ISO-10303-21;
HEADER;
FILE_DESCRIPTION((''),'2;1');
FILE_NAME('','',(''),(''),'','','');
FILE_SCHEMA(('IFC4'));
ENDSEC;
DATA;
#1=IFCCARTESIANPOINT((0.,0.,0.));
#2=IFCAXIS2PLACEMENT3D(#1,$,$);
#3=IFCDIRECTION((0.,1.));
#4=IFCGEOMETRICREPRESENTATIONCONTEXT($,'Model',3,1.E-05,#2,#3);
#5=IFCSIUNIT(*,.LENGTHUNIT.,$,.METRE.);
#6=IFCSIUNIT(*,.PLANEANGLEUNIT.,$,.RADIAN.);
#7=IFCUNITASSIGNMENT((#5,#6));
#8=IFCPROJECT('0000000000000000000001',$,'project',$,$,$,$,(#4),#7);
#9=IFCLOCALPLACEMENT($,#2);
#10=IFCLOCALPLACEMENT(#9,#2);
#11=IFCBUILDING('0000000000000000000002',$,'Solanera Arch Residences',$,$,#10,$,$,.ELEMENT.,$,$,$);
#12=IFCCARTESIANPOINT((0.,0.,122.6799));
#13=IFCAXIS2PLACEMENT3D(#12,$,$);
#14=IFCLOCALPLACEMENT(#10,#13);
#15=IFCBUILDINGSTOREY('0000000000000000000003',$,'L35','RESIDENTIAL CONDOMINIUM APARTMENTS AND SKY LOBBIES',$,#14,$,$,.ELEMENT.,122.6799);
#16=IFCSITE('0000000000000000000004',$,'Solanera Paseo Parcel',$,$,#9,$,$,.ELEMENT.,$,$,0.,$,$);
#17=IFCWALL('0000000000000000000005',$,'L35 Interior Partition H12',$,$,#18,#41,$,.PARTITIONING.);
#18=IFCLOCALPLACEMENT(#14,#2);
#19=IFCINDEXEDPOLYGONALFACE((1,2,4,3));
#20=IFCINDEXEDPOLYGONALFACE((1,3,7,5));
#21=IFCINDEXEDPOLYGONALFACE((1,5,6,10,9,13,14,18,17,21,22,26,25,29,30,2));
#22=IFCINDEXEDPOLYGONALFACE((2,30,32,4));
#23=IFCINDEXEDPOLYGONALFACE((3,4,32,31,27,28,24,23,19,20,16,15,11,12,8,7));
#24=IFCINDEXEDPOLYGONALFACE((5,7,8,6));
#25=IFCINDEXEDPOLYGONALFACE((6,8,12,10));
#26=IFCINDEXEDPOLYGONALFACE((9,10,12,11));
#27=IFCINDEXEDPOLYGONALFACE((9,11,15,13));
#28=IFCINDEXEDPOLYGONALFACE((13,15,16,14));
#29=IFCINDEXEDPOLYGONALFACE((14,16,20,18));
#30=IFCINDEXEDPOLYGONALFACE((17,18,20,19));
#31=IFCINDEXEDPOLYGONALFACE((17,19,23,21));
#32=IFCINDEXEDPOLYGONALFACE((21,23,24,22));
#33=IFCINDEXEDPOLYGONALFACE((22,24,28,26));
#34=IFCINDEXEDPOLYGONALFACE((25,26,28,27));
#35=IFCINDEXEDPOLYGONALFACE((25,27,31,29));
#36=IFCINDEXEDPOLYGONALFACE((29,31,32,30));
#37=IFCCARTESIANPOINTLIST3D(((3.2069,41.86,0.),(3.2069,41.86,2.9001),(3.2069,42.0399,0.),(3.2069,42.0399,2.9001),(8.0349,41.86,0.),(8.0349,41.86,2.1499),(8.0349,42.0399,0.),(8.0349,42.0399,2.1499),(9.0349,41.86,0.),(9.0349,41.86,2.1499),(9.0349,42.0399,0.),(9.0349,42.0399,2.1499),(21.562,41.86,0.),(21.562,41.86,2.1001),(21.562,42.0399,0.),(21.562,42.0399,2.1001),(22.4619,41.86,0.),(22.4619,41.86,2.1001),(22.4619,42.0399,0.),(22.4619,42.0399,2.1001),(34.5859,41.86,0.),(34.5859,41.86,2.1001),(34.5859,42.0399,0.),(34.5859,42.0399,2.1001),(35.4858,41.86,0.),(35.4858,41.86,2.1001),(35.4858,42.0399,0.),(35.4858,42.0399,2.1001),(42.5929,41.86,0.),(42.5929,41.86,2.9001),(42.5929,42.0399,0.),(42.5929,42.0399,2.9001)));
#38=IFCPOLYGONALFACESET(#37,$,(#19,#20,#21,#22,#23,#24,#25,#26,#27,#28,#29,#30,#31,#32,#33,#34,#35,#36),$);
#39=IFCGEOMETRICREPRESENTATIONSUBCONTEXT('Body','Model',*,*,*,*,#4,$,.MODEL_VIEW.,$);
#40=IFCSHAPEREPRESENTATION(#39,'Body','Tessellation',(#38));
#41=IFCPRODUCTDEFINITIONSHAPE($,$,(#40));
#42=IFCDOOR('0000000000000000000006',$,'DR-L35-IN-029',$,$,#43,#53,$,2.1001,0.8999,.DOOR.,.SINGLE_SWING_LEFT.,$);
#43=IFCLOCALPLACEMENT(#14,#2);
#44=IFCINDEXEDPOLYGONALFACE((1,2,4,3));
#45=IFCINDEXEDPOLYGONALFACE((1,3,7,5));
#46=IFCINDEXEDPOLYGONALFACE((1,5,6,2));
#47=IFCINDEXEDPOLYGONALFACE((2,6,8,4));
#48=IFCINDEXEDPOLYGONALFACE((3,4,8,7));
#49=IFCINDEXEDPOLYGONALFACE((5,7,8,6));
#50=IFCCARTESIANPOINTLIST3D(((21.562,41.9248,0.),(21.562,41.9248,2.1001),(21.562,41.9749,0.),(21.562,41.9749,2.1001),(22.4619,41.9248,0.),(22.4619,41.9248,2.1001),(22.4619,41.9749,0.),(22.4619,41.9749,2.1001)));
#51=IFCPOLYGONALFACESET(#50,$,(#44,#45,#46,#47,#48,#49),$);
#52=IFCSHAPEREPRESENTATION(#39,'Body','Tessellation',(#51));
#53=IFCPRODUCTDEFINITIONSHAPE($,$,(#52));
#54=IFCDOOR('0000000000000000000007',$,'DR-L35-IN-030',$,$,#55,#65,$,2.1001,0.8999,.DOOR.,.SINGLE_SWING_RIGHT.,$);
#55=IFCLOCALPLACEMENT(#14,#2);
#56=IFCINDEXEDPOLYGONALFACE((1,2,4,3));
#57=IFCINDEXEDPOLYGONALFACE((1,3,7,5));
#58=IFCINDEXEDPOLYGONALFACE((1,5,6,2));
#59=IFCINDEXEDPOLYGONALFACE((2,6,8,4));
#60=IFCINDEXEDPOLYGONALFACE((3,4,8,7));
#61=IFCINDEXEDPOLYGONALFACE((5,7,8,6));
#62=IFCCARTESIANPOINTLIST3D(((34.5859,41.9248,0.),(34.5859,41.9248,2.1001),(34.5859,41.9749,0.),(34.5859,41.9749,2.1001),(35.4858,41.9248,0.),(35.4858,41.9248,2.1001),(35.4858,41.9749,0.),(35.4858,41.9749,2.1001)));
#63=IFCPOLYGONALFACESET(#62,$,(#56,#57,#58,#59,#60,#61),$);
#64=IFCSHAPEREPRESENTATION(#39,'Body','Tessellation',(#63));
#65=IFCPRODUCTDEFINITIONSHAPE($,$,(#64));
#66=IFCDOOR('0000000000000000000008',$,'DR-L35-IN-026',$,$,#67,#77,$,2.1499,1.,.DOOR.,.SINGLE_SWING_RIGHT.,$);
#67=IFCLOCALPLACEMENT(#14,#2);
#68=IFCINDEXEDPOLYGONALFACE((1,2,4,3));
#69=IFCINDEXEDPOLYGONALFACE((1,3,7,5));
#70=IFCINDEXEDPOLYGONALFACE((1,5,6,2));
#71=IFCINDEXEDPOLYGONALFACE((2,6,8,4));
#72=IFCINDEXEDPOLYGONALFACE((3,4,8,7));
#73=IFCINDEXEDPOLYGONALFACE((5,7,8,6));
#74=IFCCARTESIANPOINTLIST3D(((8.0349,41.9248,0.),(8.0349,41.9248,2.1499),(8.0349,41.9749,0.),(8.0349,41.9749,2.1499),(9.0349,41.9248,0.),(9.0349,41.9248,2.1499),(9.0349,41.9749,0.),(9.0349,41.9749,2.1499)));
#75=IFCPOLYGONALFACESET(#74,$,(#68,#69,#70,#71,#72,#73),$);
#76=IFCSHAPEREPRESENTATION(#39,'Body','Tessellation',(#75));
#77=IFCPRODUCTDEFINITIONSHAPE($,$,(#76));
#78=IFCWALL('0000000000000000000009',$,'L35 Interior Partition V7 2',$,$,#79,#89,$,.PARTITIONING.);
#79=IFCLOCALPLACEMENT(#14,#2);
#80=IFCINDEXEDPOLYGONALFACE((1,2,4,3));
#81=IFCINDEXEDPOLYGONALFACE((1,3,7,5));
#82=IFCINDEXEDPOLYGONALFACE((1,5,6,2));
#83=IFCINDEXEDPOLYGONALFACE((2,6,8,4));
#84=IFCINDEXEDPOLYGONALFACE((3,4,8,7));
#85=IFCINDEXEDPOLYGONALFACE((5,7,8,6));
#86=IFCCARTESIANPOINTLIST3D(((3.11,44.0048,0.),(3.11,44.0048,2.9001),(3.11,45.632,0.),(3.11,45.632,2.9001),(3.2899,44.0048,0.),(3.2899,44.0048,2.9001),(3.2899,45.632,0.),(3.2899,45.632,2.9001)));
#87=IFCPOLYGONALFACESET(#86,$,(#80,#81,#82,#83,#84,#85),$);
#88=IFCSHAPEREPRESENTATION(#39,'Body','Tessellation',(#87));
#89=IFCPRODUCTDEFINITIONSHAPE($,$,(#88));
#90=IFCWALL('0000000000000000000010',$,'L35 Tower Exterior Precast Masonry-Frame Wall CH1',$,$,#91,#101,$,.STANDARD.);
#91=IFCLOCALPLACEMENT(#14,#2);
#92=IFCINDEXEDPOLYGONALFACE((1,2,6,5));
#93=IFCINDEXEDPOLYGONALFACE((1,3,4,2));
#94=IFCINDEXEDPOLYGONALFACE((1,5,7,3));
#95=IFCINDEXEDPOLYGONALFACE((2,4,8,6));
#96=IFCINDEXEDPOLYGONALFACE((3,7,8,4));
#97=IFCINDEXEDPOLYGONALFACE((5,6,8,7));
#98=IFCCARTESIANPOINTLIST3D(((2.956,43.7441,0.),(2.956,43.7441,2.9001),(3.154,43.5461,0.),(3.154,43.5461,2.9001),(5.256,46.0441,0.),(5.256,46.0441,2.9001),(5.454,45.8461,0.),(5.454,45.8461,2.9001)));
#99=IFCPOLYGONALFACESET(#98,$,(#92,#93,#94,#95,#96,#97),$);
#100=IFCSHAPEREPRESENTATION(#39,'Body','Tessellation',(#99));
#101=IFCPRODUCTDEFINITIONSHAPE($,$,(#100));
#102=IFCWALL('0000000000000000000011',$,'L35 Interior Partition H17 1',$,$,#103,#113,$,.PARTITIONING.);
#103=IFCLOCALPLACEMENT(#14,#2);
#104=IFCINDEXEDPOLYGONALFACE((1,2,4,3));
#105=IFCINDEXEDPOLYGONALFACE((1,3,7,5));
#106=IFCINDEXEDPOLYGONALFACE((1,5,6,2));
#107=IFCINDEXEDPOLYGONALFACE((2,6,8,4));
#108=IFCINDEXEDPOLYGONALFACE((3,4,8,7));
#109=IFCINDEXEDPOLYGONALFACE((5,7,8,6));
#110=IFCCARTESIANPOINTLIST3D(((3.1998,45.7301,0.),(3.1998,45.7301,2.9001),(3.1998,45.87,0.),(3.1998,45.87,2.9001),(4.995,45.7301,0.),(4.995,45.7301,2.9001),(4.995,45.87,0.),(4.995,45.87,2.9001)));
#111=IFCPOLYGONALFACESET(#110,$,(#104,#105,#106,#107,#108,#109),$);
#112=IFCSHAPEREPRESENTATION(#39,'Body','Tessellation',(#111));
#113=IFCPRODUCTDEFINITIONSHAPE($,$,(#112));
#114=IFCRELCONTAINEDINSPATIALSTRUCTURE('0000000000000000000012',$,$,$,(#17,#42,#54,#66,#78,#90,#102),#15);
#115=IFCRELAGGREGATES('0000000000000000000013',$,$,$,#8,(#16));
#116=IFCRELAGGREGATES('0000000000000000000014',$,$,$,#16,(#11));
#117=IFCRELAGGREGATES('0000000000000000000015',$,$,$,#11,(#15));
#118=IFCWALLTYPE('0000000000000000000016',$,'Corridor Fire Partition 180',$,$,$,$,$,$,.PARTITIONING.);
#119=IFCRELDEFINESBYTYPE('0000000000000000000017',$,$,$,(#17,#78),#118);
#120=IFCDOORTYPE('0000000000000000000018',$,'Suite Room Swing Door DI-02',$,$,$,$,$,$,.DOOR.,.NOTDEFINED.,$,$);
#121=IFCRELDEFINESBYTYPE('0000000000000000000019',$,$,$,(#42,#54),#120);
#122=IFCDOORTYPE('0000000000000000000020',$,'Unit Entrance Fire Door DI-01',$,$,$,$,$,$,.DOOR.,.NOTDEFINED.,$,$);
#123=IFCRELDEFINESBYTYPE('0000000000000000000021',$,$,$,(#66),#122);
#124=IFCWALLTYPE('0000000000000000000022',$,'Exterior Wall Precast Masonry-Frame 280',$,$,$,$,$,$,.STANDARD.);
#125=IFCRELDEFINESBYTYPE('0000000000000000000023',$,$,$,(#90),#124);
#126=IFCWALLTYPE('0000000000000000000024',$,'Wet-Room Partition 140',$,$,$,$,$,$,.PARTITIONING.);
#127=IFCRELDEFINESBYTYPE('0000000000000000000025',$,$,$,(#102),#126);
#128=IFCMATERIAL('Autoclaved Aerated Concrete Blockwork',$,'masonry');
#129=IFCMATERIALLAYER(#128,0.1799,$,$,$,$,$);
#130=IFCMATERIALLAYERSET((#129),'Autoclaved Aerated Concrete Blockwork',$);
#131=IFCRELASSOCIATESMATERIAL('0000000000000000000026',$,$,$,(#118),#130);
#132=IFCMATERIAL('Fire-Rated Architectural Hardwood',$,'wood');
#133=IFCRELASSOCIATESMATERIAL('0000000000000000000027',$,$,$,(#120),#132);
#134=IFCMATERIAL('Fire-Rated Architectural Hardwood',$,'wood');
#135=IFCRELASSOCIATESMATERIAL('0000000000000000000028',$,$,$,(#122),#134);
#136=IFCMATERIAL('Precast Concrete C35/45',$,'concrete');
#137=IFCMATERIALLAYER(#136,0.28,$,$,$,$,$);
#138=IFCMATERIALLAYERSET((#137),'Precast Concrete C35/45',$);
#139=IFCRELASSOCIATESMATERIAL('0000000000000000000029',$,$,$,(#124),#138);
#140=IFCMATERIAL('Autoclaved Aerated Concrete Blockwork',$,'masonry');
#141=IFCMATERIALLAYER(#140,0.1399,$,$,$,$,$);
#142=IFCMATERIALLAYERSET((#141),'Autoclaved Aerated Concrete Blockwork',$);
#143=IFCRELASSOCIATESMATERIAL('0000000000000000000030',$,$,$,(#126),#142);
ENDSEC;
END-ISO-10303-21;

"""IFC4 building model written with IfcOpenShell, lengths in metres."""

from ifc_helpers import new_model, si_unit, direction, frame, frame_2d, origin, place, context, subcontext, project, spatial, rectangle, extrude, material, layer, layer_set, type_object, element, fill, save


model = new_model("IFC4")

# Units and contexts
model_context = context("Model", 3, precision=1e-05, world=origin(), true_north=direction((0.0, 1.0)))
body_context = subcontext(model_context, "Body", "Model", "MODEL_VIEW")
ifc_project = project(units=[si_unit("LENGTHUNIT", "METRE"), si_unit("PLANEANGLEUNIT", "RADIAN")], contexts=[model_context])

# Site, building, storey
site_placement = place(None, origin())
site = spatial("IfcSite", under=ifc_project, at=site_placement, Name="Solanera Paseo Parcel", CompositionType="ELEMENT", RefElevation=0.0)
building_placement = place(site_placement, origin())
building = spatial("IfcBuilding", under=site, at=building_placement, Name="Solanera Arch Residences", CompositionType="ELEMENT")
storey_placement = place(building_placement, frame((0.0, 0.0, 122.6799)))
storey = spatial("IfcBuildingStorey", under=building, at=storey_placement, Name="L35", Description="RESIDENTIAL CONDOMINIUM APARTMENTS AND SKY LOBBIES", CompositionType="ELEMENT", Elevation=122.6799)

# Wall, openings, doors
ifc_material_1 = material(Name="Autoclaved Aerated Concrete Blockwork", Category="masonry")
ifc_layer_1 = layer(ifc_material_1, 0.1799)
ifc_layer_set_1 = layer_set([ifc_layer_1], Name="Autoclaved Aerated Concrete Blockwork")
wall_type_1 = type_object("IfcWallType", Name="Corridor Fire Partition 180", PredefinedType="PARTITIONING", material=ifc_layer_set_1)
ifc_material_2 = material(Name="Fire-Rated Architectural Hardwood", Category="wood")
door_type_1 = type_object("IfcDoorType", Name="Suite Room Swing Door DI-02", OperationType="NOTDEFINED", PredefinedType="DOOR", material=ifc_material_2)
wall_1_placement = place(storey_placement, frame((3.207, 41.95, 0.0), z_axis=(0.0, 0.0, 1.0), x_axis=(1.0, 0.0, 0.0)))
wall_1 = element("IfcWall", 1, at=wall_1_placement, inside=storey, type_object=wall_type_1, Name="L35 Interior Partition H12", PredefinedType="PARTITIONING", context=body_context, shape_type="SweptSolid", body=[
    extrude(rectangle(XDim=39.386, YDim=0.1799, at=frame_2d((19.6929, 0.0))), origin(), (0.0, 0.0, 1.0), 2.9001),
])
opening_1_placement = place(wall_1_placement, frame((4.8279, 0.0, 0.0)))
opening_1 = element("IfcOpeningElement", 2, at=opening_1_placement, cuts=wall_1, PredefinedType="OPENING", context=body_context, shape_type="SweptSolid", body=[
    extrude(rectangle(XDim=1.0, YDim=2.1499, at=frame_2d((0.5, 1.075))), frame((0.0, 0.1001, 0.0), z_axis=(0.0, -1.0, 0.0), x_axis=(1.0, 0.0, 0.0)), (0.0, 0.0, 1.0), 0.1999),
])
opening_2_placement = place(wall_1_placement, frame((18.355, 0.0, 0.0)))
opening_2 = element("IfcOpeningElement", 3, at=opening_2_placement, cuts=wall_1, PredefinedType="OPENING", context=body_context, shape_type="SweptSolid", body=[
    extrude(rectangle(XDim=0.8999, YDim=2.1001, at=frame_2d((0.45, 1.05))), frame((0.0, 0.1001, 0.0), z_axis=(0.0, -1.0, 0.0), x_axis=(1.0, 0.0, 0.0)), (0.0, 0.0, 1.0), 0.1999),
])
opening_3_placement = place(wall_1_placement, frame((31.3789, 0.0, 0.0)))
opening_3 = element("IfcOpeningElement", 4, at=opening_3_placement, cuts=wall_1, PredefinedType="OPENING", context=body_context, shape_type="SweptSolid", body=[
    extrude(rectangle(XDim=0.8999, YDim=2.1001, at=frame_2d((0.45, 1.05))), frame((0.0, 0.1001, 0.0), z_axis=(0.0, -1.0, 0.0), x_axis=(1.0, 0.0, 0.0)), (0.0, 0.0, 1.0), 0.1999),
])
door_1_placement = place(opening_2_placement, origin())
door_1 = element("IfcDoor", 5, at=door_1_placement, inside=storey, type_object=door_type_1, Name="DR-L35-IN-029", OperationType="SINGLE_SWING_LEFT", OverallHeight=2.1001, OverallWidth=0.8999, PredefinedType="DOOR", context=body_context, shape_type="SweptSolid", body=[
    extrude(rectangle(XDim=0.8999, YDim=2.1001, at=frame_2d((0.45, 1.05))), frame((0.0, 0.0249, 0.0), z_axis=(0.0, -1.0, 0.0), x_axis=(1.0, 0.0, 0.0)), (0.0, 0.0, 1.0), 0.05),
])
fill(opening_2, door_1)
door_2_placement = place(opening_3_placement, origin())
door_2 = element("IfcDoor", 6, at=door_2_placement, inside=storey, type_object=door_type_1, Name="DR-L35-IN-030", OperationType="SINGLE_SWING_RIGHT", OverallHeight=2.1001, OverallWidth=0.8999, PredefinedType="DOOR", context=body_context, shape_type="SweptSolid", body=[
    extrude(rectangle(XDim=0.8999, YDim=2.1001, at=frame_2d((0.45, 1.05))), frame((0.0, 0.0249, 0.0), z_axis=(0.0, -1.0, 0.0), x_axis=(1.0, 0.0, 0.0)), (0.0, 0.0, 1.0), 0.05),
])
fill(opening_3, door_2)
ifc_material_3 = material(Name="Fire-Rated Architectural Hardwood", Category="wood")
door_type_2 = type_object("IfcDoorType", Name="Unit Entrance Fire Door DI-01", OperationType="NOTDEFINED", PredefinedType="DOOR", material=ifc_material_3)
door_3_placement = place(opening_1_placement, origin())
door_3 = element("IfcDoor", 7, at=door_3_placement, inside=storey, type_object=door_type_2, Name="DR-L35-IN-026", OperationType="SINGLE_SWING_RIGHT", OverallHeight=2.1499, OverallWidth=1.0, PredefinedType="DOOR", context=body_context, shape_type="SweptSolid", body=[
    extrude(rectangle(XDim=1.0, YDim=2.1499, at=frame_2d((0.5, 1.075))), frame((0.0, 0.0249, 0.0), z_axis=(0.0, -1.0, 0.0), x_axis=(1.0, 0.0, 0.0)), (0.0, 0.0, 1.0), 0.05),
])
fill(opening_1, door_3)

# Walls
wall_2_placement = place(storey_placement, frame((3.2, 44.0049, 0.0), z_axis=(0.0, 0.0, 1.0), x_axis=(0.0, 1.0, 0.0)))
element("IfcWall", 8, at=wall_2_placement, inside=storey, type_object=wall_type_1, Name="L35 Interior Partition V7 2", PredefinedType="PARTITIONING", context=body_context, shape_type="SweptSolid", body=[
    extrude(rectangle(XDim=1.6272, YDim=0.1799, at=frame_2d((0.8135, 0.0))), origin(), (0.0, 0.0, 1.0), 2.9001),
])
ifc_material_4 = material(Name="Precast Concrete C35/45", Category="concrete")
ifc_layer_2 = layer(ifc_material_4, 0.28)
ifc_layer_set_2 = layer_set([ifc_layer_2], Name="Precast Concrete C35/45")
wall_type_2 = type_object("IfcWallType", Name="Exterior Wall Precast Masonry-Frame 280", PredefinedType="STANDARD", material=ifc_layer_set_2)
wall_3_placement = place(storey_placement, frame((3.0549, 43.645, 0.0), z_axis=(0.0, 0.0, 1.0), x_axis=(0.707107, 0.707107, 0.0)))
element("IfcWall", 9, at=wall_3_placement, inside=storey, type_object=wall_type_2, Name="L35 Tower Exterior Precast Masonry-Frame Wall CH1", PredefinedType="STANDARD", context=body_context, shape_type="SweptSolid", body=[
    extrude(rectangle(XDim=3.2527, YDim=0.28, at=frame_2d((1.6265, 0.0))), origin(), (0.0, 0.0, 1.0), 2.9001),
])
ifc_material_5 = material(Name="Autoclaved Aerated Concrete Blockwork", Category="masonry")
ifc_layer_3 = layer(ifc_material_5, 0.1399)
ifc_layer_set_3 = layer_set([ifc_layer_3], Name="Autoclaved Aerated Concrete Blockwork")
wall_type_3 = type_object("IfcWallType", Name="Wet-Room Partition 140", PredefinedType="PARTITIONING", material=ifc_layer_set_3)
wall_4_placement = place(storey_placement, frame((3.2, 45.8, 0.0), z_axis=(0.0, 0.0, 1.0), x_axis=(1.0, 0.0, 0.0)))
element("IfcWall", 10, at=wall_4_placement, inside=storey, type_object=wall_type_3, Name="L35 Interior Partition H17 1", PredefinedType="PARTITIONING", context=body_context, shape_type="SweptSolid", body=[
    extrude(rectangle(XDim=1.7952, YDim=0.1399, at=frame_2d((0.8975, 0.0))), origin(), (0.0, 0.0, 1.0), 2.9001),
])

save(model, "model.ifc")
